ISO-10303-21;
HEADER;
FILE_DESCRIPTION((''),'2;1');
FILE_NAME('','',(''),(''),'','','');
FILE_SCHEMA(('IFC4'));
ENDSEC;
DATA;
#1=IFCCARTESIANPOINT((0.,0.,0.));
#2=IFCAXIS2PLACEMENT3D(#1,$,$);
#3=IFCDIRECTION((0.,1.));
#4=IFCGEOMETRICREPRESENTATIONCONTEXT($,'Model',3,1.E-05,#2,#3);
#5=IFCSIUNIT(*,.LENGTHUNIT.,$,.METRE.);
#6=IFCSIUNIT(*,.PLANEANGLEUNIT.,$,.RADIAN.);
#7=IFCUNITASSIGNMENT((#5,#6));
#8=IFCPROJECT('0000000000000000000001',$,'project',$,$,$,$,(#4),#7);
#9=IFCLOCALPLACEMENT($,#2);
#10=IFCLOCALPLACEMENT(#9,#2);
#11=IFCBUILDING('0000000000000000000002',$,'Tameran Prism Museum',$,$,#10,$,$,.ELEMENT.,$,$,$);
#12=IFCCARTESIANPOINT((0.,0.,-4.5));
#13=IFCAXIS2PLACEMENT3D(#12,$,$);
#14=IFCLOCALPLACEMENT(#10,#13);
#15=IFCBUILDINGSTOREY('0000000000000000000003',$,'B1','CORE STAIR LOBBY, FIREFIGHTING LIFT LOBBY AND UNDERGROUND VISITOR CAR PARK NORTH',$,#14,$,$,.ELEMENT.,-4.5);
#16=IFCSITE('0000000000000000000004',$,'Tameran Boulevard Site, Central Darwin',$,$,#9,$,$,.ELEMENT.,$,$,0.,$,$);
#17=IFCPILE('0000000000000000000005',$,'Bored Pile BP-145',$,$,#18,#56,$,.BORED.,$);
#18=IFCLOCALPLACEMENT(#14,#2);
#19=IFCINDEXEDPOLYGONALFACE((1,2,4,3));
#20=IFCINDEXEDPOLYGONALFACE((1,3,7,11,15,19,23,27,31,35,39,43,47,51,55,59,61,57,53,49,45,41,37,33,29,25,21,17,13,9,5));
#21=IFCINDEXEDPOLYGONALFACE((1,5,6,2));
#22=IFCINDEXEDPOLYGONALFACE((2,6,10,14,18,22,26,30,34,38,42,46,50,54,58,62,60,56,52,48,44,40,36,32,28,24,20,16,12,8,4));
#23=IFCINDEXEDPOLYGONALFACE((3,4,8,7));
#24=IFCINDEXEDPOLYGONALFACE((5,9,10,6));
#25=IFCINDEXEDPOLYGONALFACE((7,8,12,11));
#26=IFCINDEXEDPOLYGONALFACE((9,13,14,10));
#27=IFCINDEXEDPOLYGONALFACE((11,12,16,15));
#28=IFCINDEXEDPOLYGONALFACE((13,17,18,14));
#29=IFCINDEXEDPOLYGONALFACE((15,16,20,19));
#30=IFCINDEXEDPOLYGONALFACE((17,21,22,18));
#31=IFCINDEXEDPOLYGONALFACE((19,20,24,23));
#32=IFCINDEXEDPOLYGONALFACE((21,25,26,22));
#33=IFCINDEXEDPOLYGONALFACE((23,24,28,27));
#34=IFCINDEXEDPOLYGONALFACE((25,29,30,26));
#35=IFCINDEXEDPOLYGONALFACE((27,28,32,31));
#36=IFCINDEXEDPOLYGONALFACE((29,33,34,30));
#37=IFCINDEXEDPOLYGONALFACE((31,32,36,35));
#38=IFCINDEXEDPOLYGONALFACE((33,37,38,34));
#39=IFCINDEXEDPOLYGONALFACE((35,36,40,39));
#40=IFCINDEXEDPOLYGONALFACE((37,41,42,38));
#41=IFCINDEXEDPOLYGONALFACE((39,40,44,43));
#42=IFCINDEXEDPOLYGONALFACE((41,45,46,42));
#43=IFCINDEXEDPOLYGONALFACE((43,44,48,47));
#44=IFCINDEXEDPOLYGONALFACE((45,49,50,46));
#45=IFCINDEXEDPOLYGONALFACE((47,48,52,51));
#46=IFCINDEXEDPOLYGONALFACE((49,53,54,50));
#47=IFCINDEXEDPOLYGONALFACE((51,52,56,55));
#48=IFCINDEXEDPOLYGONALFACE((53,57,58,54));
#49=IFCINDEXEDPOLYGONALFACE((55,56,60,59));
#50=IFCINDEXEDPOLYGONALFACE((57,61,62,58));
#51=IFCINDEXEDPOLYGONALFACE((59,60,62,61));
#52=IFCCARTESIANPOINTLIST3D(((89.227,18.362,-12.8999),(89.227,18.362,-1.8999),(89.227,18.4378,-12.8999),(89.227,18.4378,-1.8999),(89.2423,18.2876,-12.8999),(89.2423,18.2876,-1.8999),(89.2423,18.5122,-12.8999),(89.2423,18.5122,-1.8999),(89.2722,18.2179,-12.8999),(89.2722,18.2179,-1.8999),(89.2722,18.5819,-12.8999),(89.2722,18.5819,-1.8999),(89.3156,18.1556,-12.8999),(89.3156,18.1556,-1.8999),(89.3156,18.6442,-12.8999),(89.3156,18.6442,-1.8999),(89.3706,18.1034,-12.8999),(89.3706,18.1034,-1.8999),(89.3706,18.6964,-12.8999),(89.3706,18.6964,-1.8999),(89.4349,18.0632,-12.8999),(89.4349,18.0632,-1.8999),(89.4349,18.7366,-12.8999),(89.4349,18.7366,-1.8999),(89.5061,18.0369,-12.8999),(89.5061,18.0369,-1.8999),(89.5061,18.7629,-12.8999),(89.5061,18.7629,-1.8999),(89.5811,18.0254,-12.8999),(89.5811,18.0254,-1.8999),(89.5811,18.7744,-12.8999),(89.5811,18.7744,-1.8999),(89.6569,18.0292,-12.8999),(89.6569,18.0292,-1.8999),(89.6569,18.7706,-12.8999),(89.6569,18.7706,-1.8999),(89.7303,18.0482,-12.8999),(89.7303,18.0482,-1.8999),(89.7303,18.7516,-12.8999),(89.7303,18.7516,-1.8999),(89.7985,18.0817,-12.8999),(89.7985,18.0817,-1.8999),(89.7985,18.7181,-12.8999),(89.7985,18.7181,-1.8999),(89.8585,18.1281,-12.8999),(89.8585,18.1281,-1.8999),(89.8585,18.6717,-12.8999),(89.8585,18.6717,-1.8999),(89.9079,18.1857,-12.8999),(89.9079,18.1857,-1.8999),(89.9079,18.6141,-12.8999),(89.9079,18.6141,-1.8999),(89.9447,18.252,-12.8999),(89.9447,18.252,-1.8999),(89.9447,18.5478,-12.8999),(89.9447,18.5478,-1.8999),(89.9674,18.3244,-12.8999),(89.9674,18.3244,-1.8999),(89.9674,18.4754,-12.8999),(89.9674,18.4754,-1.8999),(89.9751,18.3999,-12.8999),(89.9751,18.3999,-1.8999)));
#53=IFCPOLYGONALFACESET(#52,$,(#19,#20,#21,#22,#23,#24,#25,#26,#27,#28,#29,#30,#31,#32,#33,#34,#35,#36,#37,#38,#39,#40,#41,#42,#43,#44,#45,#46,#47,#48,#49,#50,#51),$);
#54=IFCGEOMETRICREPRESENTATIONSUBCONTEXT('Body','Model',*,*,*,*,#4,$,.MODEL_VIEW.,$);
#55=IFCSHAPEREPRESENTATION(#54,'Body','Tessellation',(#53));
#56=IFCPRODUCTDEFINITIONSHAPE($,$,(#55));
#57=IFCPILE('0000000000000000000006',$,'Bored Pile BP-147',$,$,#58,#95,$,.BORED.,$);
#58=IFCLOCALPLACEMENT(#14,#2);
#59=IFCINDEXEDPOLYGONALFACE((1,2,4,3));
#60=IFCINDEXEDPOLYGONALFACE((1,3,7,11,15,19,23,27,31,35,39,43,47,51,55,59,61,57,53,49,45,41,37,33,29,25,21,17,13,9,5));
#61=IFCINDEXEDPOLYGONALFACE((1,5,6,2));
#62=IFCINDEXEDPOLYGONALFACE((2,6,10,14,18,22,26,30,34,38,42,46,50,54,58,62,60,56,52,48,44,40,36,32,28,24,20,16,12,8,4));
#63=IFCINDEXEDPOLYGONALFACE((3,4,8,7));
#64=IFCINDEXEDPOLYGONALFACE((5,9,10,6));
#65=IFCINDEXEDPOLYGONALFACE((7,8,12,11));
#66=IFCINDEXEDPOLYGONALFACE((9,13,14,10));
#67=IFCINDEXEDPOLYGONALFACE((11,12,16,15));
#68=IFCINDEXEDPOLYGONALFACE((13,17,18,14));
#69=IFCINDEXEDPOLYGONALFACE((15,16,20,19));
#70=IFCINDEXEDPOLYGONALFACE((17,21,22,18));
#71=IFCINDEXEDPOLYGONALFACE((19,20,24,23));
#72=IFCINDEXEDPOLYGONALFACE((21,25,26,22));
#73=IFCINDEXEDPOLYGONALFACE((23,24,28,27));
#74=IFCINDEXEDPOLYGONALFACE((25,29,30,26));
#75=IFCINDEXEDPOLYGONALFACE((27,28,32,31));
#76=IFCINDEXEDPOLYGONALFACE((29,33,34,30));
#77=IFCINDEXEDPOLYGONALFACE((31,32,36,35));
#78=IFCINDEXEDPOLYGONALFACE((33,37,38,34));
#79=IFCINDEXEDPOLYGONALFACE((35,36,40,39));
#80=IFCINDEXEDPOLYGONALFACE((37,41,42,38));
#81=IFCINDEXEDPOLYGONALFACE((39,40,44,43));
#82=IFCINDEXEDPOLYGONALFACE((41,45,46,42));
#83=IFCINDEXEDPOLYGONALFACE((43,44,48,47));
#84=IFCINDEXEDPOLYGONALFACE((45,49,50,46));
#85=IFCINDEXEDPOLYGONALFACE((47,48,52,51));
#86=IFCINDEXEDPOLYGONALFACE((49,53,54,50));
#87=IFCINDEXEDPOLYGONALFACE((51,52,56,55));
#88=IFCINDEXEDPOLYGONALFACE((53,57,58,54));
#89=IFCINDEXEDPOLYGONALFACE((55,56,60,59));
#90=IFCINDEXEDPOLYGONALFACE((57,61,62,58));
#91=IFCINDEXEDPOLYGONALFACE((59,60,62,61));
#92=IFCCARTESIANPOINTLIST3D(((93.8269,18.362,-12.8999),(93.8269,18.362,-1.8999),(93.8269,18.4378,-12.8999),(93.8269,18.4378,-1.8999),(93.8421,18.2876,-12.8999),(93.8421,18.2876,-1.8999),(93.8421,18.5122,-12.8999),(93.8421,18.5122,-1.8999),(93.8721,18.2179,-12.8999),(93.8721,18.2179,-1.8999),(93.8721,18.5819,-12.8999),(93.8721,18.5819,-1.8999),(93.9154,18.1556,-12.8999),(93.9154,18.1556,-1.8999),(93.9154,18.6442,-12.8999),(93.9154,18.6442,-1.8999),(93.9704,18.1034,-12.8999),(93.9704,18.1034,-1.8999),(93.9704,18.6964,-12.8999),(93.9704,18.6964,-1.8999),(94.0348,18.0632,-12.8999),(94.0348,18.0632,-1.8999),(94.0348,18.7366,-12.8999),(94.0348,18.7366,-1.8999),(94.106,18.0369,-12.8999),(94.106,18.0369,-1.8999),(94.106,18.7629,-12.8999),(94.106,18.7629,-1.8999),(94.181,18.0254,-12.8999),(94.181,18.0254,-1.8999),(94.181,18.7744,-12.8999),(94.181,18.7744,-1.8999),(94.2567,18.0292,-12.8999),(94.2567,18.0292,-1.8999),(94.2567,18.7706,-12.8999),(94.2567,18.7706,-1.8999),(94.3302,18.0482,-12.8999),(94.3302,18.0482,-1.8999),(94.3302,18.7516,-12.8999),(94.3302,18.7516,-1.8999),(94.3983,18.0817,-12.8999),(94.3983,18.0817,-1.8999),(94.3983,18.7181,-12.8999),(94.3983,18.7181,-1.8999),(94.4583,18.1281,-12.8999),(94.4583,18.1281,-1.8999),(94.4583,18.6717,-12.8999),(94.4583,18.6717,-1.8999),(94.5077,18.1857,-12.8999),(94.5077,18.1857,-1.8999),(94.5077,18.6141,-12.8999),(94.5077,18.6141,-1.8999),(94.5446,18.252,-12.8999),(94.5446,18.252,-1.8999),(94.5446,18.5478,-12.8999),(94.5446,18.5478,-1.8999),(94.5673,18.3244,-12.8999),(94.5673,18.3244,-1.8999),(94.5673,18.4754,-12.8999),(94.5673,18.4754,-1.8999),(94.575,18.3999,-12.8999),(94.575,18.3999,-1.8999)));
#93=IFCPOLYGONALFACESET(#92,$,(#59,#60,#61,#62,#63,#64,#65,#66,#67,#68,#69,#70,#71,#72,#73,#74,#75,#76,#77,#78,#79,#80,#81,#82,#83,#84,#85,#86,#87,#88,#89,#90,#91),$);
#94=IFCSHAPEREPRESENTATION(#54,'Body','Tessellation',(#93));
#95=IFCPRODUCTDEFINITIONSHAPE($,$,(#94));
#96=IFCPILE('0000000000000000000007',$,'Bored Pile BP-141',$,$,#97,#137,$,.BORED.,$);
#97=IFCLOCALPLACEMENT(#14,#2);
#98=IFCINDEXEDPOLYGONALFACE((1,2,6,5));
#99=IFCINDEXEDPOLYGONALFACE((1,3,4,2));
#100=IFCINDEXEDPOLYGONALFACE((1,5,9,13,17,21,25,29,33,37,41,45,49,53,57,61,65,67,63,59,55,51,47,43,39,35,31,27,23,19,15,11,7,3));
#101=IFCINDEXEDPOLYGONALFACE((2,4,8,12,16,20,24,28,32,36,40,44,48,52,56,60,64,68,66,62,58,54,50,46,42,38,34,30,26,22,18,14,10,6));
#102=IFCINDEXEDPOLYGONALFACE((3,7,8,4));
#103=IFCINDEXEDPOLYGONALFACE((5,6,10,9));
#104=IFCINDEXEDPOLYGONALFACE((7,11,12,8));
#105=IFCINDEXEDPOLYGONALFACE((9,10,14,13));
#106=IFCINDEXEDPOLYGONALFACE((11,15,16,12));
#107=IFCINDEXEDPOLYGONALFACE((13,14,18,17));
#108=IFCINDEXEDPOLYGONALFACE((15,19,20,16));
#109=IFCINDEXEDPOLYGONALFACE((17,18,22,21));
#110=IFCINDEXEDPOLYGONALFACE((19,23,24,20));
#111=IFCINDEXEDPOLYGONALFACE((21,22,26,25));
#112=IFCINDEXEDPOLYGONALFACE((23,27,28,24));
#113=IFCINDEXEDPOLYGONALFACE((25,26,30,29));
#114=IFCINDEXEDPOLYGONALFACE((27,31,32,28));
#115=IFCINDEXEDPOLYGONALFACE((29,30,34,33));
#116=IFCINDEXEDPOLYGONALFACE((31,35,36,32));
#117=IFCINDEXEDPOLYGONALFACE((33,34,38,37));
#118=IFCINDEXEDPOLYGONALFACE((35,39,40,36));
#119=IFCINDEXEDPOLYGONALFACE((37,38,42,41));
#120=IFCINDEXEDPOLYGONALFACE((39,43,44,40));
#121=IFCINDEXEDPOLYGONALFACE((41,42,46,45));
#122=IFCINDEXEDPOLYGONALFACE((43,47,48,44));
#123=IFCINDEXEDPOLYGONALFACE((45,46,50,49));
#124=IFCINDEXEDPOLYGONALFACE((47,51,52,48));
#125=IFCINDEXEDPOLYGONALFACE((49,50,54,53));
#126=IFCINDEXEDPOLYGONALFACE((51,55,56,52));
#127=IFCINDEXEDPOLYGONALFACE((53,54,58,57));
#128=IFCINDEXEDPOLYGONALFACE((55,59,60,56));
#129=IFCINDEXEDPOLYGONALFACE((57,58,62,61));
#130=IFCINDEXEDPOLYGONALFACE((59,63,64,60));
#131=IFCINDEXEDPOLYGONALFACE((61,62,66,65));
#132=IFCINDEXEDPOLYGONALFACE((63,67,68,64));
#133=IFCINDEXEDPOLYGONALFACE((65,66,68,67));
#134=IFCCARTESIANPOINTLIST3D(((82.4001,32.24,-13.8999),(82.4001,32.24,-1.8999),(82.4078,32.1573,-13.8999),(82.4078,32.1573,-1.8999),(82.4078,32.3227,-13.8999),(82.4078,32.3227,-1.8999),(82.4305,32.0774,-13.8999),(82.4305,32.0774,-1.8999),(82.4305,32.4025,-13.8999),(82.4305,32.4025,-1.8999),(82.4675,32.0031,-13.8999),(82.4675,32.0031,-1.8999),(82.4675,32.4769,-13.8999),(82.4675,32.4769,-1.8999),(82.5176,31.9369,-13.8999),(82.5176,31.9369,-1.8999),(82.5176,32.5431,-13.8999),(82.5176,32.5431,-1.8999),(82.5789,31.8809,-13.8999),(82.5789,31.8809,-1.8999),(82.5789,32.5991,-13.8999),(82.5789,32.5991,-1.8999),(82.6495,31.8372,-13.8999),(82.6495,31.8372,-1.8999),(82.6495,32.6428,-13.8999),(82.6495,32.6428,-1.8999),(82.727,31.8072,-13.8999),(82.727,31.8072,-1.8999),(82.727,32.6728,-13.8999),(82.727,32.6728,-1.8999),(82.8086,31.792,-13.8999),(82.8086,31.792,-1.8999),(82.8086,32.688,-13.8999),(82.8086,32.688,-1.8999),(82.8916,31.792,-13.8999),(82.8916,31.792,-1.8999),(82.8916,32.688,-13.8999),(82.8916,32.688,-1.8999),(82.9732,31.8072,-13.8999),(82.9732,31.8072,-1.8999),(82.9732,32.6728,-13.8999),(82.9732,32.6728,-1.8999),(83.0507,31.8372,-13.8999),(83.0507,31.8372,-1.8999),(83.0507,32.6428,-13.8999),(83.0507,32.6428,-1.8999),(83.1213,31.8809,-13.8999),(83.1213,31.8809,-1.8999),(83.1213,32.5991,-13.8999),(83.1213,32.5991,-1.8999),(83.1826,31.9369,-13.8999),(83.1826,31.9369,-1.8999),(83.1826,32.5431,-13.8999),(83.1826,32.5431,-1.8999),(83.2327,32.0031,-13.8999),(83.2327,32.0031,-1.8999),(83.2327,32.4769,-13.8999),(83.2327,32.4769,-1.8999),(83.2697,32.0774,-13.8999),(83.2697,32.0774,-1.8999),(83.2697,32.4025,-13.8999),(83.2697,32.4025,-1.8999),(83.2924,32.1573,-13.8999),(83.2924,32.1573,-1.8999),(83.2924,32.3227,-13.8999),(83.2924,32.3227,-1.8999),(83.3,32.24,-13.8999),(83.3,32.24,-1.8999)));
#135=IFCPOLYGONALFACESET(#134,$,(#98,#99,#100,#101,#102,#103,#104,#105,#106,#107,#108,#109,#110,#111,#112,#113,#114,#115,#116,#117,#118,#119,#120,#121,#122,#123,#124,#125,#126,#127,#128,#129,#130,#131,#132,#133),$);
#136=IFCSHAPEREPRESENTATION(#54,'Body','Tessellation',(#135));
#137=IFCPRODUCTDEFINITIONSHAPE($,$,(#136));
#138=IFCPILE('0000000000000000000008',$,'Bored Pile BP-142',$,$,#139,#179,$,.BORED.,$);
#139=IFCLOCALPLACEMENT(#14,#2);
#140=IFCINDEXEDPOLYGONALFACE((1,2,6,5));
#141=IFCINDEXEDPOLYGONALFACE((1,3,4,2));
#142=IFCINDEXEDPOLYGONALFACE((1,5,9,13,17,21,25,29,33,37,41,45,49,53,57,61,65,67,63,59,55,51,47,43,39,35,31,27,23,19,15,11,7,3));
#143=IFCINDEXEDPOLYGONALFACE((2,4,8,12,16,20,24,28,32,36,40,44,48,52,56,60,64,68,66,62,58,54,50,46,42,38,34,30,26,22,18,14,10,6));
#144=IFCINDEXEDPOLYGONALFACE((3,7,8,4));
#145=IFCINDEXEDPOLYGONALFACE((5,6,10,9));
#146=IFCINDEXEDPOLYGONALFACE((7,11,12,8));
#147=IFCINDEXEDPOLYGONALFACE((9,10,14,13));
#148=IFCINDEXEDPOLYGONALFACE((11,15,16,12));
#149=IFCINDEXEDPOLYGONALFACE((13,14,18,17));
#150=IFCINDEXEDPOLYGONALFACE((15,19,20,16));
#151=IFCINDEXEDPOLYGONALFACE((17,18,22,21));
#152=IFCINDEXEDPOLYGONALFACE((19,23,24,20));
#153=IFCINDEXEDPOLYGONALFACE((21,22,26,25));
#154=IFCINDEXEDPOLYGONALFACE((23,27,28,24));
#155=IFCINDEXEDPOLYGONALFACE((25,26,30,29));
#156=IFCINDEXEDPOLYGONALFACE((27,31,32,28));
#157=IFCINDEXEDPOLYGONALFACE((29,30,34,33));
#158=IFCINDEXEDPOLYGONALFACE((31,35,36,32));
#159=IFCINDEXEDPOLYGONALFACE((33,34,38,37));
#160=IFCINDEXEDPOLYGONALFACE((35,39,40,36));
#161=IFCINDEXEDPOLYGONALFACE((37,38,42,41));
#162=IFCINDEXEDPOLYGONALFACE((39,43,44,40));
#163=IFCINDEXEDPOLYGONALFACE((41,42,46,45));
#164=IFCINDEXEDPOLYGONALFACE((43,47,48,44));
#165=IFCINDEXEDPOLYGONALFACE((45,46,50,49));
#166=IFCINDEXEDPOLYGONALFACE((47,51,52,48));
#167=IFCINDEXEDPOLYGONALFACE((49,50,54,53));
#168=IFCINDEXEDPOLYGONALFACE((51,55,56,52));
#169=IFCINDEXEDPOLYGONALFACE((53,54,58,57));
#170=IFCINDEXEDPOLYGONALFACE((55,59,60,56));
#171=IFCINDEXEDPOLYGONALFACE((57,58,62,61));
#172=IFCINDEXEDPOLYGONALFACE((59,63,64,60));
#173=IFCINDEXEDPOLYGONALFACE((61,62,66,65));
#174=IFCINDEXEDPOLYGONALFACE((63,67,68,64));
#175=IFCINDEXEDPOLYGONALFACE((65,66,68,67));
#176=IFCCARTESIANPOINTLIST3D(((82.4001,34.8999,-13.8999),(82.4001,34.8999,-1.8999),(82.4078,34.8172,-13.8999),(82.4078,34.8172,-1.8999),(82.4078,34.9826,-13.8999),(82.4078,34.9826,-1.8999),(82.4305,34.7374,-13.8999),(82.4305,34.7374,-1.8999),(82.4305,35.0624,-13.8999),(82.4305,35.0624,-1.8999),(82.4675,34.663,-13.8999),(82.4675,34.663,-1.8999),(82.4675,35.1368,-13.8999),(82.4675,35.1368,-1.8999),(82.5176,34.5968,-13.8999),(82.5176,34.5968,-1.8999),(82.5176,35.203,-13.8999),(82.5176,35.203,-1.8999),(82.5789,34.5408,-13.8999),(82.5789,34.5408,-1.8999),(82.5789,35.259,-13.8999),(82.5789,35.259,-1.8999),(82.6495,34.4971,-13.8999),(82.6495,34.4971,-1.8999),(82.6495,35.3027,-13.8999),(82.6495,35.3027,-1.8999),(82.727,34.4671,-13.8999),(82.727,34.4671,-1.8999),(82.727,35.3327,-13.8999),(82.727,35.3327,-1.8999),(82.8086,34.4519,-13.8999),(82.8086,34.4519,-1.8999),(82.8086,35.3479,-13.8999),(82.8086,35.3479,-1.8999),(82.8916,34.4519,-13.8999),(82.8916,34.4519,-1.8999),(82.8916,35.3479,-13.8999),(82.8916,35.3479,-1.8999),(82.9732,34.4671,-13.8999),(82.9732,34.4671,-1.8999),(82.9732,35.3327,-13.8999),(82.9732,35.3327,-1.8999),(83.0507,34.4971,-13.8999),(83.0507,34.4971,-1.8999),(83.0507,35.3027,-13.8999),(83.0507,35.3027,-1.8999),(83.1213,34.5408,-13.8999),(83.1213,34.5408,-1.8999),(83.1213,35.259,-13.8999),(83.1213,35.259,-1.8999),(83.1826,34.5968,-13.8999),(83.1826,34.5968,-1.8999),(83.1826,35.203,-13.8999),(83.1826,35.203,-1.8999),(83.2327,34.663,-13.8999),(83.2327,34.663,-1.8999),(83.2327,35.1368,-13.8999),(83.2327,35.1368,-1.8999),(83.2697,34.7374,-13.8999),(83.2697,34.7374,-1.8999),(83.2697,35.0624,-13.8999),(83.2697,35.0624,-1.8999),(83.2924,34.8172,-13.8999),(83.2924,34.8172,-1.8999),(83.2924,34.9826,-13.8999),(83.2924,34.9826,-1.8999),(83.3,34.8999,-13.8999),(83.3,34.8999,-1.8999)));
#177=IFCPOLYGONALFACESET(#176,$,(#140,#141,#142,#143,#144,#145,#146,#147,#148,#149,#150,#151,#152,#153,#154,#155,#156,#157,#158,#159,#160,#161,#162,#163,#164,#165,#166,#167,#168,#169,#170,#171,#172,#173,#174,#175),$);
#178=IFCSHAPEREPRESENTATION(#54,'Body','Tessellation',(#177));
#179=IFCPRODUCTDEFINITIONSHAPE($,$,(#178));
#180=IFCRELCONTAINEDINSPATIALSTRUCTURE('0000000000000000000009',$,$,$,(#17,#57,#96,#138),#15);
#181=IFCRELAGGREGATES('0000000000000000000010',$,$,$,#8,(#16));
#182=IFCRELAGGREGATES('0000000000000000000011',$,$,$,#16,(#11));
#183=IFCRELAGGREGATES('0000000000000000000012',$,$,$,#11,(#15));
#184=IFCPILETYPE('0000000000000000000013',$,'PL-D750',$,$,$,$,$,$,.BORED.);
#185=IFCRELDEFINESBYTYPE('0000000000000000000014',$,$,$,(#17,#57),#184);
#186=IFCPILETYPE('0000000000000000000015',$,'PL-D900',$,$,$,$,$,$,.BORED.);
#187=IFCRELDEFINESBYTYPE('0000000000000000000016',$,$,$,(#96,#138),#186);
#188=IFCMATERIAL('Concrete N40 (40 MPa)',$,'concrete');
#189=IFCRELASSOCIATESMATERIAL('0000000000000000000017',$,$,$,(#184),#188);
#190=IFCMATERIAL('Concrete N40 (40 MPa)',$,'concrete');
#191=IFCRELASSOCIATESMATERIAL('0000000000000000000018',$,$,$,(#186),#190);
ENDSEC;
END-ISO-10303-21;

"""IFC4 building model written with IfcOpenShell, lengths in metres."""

from ifc_helpers import new_model, si_unit, direction, frame, origin, origin_2d, place, context, subcontext, project, spatial, circle, extrude, material, material_profile, profile_set, type_object, element, save


model = new_model("IFC4")

# Units and contexts
model_context = context("Model", 3, precision=1e-05, world=origin(), true_north=direction((0.0, 1.0)))
body_context = subcontext(model_context, "Body", "Model", "MODEL_VIEW")
ifc_project = project(units=[si_unit("LENGTHUNIT", "METRE"), si_unit("PLANEANGLEUNIT", "RADIAN")], contexts=[model_context])

# Site, building, storey
site_placement = place(None, origin())
site = spatial("IfcSite", under=ifc_project, at=site_placement, Name="Tameran Boulevard Site, Central Darwin", CompositionType="ELEMENT", RefElevation=0.0)
building_placement = place(site_placement, origin())
building = spatial("IfcBuilding", under=site, at=building_placement, Name="Tameran Prism Museum", CompositionType="ELEMENT")
storey_placement = place(building_placement, frame((0.0, 0.0, -4.5)))
storey = spatial("IfcBuildingStorey", under=building, at=storey_placement, Name="B1", Description="CORE STAIR LOBBY, FIREFIGHTING LIFT LOBBY AND UNDERGROUND VISITOR CAR PARK NORTH", CompositionType="ELEMENT", Elevation=-4.5)

# Piles
ifc_material_1 = material(Name="Concrete N40 (40 MPa)", Category="concrete")
ifc_material_profile_1 = material_profile(ifc_material_1, circle(Radius=0.375, at=origin_2d()))
ifc_profile_set_1 = profile_set([ifc_material_profile_1])
pile_type_1 = type_object("IfcPileType", Name="PL-D750", PredefinedType="BORED", material=ifc_profile_set_1)
for number, where, z_axis, x_axis, name in (
    (1, (89.6001, 18.3999, -1.8999), (0.0, 0.0, -1.0), (1.0, 0.0, 0.0), "Bored Pile BP-145"),
    (2, (94.2, 18.3999, -1.8999), (0.0, 0.0, -1.0), (1.0, 0.0, 0.0), "Bored Pile BP-147"),
):
    element("IfcPile", number, at=place(storey_placement, frame(where, z_axis=z_axis, x_axis=x_axis)), inside=storey, type_object=pile_type_1, Name=name, PredefinedType="BORED", context=body_context, shape_type="SweptSolid", body=[
        extrude(circle(Radius=0.375, at=origin_2d()), origin(), (0.0, 0.0, 1.0), 11.0),
    ])
ifc_material_2 = material(Name="Concrete N40 (40 MPa)", Category="concrete")
ifc_material_profile_2 = material_profile(ifc_material_2, circle(Radius=0.45, at=origin_2d()))
ifc_profile_set_2 = profile_set([ifc_material_profile_2])
pile_type_2 = type_object("IfcPileType", Name="PL-D900", PredefinedType="BORED", material=ifc_profile_set_2)
for number, where, z_axis, x_axis, name in (
    (3, (82.8501, 32.24, -1.8999), (0.0, 0.0, -1.0), (1.0, 0.0, 0.0), "Bored Pile BP-141"),
    (4, (82.8501, 34.8999, -1.8999), (0.0, 0.0, -1.0), (1.0, 0.0, 0.0), "Bored Pile BP-142"),
):
    element("IfcPile", number, at=place(storey_placement, frame(where, z_axis=z_axis, x_axis=x_axis)), inside=storey, type_object=pile_type_2, Name=name, PredefinedType="BORED", context=body_context, shape_type="SweptSolid", body=[
        extrude(circle(Radius=0.45, at=origin_2d()), origin(), (0.0, 0.0, 1.0), 12.0),
    ])

save(model, "model.ifc")
